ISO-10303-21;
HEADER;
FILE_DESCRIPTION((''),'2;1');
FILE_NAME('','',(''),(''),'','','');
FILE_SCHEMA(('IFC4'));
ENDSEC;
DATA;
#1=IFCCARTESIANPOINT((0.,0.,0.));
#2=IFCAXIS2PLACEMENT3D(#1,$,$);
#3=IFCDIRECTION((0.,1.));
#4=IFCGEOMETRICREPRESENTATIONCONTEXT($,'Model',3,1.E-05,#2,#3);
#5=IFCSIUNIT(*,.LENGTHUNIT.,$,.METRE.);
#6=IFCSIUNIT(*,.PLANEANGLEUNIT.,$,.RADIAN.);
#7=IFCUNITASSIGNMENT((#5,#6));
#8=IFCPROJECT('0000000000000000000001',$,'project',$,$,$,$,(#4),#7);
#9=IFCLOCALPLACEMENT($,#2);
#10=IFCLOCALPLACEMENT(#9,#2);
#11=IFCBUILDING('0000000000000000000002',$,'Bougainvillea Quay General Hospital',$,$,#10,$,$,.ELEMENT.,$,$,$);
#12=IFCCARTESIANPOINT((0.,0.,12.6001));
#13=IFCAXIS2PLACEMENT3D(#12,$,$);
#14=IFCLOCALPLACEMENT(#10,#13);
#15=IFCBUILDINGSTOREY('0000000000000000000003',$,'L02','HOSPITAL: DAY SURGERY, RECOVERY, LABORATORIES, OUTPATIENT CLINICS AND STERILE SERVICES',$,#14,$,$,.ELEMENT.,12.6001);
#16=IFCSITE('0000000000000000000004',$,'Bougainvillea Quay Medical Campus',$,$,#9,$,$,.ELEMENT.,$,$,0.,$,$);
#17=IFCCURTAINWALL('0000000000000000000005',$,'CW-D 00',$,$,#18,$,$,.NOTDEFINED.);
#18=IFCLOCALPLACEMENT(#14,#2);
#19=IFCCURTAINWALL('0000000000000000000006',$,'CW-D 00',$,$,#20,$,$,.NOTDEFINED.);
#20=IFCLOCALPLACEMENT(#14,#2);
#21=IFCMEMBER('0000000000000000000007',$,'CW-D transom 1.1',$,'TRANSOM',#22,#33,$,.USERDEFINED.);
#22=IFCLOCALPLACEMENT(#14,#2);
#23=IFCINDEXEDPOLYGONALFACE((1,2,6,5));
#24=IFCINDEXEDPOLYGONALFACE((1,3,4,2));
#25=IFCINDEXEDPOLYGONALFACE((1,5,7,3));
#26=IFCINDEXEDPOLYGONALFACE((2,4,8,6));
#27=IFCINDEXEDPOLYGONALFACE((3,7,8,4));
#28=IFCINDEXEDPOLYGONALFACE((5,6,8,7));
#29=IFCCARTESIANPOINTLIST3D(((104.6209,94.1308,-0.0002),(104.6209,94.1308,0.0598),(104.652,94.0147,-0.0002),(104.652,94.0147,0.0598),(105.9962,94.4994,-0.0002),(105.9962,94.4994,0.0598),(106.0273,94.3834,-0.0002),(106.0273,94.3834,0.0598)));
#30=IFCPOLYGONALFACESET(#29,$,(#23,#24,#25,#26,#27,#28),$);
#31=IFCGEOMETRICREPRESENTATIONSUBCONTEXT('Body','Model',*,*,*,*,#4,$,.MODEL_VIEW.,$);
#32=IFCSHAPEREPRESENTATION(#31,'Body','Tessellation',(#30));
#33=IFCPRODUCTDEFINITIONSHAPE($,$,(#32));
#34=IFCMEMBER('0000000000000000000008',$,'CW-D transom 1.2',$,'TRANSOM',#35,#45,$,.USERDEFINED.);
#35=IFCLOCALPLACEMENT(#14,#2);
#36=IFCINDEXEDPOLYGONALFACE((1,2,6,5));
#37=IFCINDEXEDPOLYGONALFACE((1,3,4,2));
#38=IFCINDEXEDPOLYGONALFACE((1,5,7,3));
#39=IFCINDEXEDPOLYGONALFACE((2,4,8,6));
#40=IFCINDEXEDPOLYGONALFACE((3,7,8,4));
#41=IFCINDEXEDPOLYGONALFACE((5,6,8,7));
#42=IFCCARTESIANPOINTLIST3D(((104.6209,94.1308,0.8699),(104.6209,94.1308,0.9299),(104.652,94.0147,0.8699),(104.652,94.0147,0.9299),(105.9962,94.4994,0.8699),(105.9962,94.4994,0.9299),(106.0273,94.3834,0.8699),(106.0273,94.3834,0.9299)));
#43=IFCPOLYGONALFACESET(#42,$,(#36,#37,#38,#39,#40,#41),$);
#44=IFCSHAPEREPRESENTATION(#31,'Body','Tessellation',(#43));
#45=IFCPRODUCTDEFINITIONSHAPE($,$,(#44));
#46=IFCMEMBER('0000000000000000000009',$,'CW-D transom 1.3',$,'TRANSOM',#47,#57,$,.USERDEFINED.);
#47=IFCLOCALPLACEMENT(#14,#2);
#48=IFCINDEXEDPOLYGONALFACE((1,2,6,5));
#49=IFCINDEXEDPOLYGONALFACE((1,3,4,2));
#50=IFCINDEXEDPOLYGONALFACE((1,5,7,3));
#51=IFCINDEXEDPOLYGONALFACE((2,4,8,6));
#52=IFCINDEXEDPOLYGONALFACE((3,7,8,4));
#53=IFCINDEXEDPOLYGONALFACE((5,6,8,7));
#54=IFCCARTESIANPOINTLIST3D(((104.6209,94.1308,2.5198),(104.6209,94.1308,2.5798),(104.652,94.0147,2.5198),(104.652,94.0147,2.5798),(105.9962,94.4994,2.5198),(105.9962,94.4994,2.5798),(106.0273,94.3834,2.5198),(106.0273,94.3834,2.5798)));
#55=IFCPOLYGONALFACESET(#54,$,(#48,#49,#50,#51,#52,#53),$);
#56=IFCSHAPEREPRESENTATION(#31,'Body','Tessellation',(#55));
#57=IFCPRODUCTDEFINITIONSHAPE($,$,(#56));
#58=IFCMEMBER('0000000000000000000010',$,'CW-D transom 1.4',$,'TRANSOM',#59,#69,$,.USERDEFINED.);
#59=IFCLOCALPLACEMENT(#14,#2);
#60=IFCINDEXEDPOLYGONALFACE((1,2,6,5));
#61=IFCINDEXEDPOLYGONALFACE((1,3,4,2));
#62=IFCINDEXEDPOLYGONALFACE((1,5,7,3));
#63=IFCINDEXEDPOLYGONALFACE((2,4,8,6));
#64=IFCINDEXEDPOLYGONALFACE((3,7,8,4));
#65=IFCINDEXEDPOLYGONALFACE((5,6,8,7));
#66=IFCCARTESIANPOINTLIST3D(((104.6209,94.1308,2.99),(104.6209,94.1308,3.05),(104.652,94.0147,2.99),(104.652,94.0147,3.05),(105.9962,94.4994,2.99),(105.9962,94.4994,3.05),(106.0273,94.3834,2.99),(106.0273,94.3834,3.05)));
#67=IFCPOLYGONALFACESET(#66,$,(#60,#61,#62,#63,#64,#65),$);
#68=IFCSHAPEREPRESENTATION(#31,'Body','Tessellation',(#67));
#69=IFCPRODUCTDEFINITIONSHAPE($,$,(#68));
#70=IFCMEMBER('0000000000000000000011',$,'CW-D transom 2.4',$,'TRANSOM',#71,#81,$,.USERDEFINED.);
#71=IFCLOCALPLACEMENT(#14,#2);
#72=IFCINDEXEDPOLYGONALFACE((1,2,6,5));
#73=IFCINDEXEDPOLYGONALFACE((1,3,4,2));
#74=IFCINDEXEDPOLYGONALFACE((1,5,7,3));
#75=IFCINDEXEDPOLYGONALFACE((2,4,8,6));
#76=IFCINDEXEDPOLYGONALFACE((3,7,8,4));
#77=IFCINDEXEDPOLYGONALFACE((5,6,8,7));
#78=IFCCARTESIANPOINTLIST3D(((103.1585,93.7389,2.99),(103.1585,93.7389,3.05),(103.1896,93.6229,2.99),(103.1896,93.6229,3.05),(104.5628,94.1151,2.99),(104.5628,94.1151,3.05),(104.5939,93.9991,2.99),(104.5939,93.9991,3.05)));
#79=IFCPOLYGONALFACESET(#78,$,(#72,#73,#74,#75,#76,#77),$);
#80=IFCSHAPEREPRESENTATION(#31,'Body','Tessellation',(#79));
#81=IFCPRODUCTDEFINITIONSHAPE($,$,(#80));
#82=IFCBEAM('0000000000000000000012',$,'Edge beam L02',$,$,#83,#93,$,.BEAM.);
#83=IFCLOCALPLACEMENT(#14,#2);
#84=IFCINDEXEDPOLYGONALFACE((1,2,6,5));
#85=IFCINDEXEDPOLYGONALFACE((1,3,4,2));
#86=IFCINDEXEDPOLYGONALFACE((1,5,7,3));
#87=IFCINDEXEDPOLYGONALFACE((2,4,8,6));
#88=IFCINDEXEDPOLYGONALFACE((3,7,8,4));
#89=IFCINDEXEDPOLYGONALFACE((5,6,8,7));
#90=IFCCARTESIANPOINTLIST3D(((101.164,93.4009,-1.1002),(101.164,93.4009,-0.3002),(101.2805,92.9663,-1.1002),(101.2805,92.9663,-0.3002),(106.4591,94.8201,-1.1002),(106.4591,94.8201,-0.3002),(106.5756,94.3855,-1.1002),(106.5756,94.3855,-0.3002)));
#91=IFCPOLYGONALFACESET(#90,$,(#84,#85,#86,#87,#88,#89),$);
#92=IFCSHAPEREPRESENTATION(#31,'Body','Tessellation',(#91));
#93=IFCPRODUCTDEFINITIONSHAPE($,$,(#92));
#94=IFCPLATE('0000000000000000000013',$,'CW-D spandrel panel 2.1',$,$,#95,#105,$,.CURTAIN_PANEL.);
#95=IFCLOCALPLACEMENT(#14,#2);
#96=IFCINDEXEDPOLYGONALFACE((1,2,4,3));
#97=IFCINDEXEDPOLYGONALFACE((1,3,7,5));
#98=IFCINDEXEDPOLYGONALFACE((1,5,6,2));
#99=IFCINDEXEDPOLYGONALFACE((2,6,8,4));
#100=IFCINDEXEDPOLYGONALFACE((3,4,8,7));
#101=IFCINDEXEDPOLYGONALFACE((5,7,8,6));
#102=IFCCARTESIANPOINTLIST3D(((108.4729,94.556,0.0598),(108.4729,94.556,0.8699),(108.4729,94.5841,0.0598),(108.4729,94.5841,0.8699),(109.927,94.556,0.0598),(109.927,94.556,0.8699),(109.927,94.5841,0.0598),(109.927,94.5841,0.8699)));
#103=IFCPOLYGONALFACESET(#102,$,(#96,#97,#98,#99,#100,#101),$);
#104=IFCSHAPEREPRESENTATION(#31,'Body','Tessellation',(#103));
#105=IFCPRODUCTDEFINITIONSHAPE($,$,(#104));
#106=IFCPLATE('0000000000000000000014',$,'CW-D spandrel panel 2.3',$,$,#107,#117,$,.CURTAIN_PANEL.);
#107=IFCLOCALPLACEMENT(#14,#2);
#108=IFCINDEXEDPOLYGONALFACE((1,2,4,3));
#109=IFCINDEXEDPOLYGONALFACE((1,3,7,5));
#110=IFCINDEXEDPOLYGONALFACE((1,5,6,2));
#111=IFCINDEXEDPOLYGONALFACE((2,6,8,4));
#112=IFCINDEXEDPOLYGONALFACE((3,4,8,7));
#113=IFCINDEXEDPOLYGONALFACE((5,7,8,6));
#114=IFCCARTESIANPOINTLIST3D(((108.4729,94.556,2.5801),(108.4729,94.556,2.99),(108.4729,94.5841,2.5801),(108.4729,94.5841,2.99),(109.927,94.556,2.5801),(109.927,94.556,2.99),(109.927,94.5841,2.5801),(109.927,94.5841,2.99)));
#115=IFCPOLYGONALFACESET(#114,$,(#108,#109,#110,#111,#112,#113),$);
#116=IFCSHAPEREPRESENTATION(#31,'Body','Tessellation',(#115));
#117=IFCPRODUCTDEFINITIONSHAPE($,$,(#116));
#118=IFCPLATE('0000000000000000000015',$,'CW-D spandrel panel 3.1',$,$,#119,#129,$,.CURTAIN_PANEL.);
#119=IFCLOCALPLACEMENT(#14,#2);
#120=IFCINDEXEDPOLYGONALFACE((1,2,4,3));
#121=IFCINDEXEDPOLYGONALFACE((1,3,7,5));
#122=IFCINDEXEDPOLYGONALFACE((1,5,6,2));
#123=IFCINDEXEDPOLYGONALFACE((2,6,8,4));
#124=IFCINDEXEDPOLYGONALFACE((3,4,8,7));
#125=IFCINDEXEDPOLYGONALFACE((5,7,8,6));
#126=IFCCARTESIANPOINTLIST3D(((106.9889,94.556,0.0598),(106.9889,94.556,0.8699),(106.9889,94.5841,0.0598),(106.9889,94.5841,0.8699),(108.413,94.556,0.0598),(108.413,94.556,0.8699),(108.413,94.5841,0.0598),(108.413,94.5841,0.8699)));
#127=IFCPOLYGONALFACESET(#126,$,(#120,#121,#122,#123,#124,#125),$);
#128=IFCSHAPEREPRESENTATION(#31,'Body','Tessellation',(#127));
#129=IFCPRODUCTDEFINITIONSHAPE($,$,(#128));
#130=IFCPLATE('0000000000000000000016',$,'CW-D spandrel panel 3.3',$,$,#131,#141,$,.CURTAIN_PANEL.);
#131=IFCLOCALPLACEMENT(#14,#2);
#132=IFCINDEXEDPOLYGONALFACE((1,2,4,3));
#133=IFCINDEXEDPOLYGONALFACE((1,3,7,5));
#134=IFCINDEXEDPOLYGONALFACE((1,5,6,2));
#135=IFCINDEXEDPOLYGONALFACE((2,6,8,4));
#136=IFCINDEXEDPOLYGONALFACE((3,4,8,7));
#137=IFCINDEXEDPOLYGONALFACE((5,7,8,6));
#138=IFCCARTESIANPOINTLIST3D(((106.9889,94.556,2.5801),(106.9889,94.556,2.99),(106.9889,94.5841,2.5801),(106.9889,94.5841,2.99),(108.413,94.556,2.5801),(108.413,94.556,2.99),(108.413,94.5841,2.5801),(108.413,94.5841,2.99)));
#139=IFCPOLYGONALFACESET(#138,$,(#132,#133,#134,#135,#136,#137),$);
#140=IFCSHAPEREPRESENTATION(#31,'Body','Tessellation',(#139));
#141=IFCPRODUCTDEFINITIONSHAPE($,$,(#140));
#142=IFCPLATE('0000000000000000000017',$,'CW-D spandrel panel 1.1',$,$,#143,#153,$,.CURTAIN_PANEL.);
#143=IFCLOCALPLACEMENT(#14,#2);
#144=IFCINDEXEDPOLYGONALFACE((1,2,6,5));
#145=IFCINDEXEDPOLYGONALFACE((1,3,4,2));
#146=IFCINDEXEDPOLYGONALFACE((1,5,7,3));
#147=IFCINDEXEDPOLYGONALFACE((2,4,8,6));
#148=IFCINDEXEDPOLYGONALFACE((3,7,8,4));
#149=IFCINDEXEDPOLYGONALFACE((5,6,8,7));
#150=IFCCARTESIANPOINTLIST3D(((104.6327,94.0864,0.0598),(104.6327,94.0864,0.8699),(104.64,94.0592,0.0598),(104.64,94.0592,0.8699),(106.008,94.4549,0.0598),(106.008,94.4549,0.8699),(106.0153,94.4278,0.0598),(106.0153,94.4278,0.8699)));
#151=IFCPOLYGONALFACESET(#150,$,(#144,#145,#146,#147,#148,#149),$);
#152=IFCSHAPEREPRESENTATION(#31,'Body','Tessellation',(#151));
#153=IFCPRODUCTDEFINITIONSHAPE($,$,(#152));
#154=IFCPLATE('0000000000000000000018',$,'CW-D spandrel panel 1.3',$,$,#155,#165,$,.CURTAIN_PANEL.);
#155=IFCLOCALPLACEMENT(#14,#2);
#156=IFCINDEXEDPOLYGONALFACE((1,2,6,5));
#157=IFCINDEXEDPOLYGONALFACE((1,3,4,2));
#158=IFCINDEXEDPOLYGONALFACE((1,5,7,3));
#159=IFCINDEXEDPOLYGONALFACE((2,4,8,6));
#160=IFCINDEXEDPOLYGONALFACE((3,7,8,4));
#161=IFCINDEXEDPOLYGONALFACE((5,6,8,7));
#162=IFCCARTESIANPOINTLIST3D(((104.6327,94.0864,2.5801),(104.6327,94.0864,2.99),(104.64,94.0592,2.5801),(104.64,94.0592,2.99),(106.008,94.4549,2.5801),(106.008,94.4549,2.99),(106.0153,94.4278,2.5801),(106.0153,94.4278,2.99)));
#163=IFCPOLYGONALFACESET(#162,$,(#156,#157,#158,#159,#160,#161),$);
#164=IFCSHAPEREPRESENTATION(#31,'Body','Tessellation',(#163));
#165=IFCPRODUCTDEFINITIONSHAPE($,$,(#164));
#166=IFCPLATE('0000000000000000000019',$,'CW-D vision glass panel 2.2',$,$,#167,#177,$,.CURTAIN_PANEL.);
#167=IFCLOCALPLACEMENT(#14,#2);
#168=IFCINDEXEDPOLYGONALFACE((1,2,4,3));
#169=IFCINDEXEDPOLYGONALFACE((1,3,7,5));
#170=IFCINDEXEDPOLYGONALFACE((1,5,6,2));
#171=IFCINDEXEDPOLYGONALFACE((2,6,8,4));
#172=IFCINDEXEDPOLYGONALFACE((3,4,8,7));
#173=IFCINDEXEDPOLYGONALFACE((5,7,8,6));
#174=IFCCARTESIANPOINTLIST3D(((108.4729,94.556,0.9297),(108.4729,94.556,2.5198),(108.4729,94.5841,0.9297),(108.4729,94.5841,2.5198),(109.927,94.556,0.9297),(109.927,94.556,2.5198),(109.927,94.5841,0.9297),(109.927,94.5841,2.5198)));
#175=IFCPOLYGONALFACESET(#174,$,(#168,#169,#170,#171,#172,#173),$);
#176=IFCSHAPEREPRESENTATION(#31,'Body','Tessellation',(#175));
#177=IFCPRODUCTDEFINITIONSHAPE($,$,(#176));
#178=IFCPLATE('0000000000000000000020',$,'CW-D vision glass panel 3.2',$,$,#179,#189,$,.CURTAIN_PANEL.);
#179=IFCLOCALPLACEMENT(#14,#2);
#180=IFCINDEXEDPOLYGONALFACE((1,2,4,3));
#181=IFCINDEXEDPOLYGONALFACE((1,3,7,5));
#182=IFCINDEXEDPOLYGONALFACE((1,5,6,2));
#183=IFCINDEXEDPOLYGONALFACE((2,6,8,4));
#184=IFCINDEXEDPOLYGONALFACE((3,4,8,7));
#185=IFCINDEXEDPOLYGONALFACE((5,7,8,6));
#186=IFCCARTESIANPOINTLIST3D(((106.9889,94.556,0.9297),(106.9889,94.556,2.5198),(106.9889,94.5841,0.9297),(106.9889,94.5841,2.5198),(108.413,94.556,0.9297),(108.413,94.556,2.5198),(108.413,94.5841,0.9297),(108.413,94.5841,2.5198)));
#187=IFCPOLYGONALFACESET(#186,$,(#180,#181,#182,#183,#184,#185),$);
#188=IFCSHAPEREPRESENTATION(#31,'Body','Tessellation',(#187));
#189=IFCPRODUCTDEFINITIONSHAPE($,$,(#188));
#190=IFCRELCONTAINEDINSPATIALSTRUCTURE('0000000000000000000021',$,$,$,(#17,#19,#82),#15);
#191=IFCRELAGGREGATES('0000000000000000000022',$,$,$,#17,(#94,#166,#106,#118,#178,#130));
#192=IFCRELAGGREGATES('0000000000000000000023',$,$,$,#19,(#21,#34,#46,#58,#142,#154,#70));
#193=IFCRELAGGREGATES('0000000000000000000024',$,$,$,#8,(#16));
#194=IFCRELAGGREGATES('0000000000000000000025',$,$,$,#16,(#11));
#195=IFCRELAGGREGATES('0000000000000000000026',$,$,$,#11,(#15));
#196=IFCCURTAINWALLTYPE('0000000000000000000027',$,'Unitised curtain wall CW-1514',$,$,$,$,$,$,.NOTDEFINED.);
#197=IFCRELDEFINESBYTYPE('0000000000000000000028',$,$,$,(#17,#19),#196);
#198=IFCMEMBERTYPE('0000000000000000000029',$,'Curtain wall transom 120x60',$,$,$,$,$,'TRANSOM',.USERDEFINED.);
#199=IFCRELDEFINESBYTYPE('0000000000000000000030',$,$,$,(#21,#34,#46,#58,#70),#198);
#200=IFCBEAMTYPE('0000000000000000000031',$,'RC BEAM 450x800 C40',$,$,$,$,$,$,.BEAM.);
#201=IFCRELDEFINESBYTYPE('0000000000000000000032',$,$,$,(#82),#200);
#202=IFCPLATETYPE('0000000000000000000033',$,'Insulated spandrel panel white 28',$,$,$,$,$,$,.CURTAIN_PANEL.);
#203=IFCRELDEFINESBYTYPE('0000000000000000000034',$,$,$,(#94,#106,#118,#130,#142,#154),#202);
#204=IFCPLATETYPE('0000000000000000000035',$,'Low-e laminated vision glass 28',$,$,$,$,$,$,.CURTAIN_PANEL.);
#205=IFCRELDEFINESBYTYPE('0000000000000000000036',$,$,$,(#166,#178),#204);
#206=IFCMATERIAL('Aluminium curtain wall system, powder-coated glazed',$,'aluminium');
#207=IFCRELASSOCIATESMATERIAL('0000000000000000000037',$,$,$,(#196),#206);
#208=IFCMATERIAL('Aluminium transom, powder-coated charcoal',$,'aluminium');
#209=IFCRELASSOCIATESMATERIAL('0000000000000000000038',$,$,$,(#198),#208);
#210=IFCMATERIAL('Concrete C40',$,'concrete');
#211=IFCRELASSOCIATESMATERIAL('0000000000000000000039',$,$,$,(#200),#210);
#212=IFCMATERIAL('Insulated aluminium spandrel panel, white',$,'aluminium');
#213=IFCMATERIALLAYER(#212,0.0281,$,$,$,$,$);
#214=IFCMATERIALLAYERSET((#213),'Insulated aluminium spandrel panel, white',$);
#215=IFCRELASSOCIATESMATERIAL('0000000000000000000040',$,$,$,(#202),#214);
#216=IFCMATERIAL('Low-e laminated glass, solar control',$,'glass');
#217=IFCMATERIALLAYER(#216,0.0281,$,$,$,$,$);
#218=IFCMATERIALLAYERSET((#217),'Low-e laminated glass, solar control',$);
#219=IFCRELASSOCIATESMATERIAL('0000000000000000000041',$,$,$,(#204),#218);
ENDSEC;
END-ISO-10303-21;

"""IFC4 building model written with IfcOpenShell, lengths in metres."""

from ifc_helpers import new_model, si_unit, direction, frame, origin, origin_2d, place, context, subcontext, project, spatial, rectangle, extrude, material, layer, layer_set, material_profile, profile_set, type_object, element, aggregate, save


model = new_model("IFC4")

# Units and contexts
model_context = context("Model", 3, precision=1e-05, world=origin(), true_north=direction((0.0, 1.0)))
body_context = subcontext(model_context, "Body", "Model", "MODEL_VIEW")
ifc_project = project(units=[si_unit("LENGTHUNIT", "METRE"), si_unit("PLANEANGLEUNIT", "RADIAN")], contexts=[model_context])

# Site, building, storey
site_placement = place(None, origin())
site = spatial("IfcSite", under=ifc_project, at=site_placement, Name="Bougainvillea Quay Medical Campus", CompositionType="ELEMENT", RefElevation=0.0)
building_placement = place(site_placement, origin())
building = spatial("IfcBuilding", under=site, at=building_placement, Name="Bougainvillea Quay General Hospital", CompositionType="ELEMENT")
storey_placement = place(building_placement, frame((0.0, 0.0, 12.6001)))
storey = spatial("IfcBuildingStorey", under=building, at=storey_placement, Name="L02", Description="HOSPITAL: DAY SURGERY, RECOVERY, LABORATORIES, OUTPATIENT CLINICS AND STERILE SERVICES", CompositionType="ELEMENT", Elevation=12.6001)

# Shared definitions
ifc_material_1 = material(Name="Concrete C40", Category="concrete")

# Curtain walls
ifc_material_2 = material(Name="Aluminium curtain wall system, powder-coated glazed", Category="aluminium")
curtain_wall_type = type_object("IfcCurtainWallType", Name="Unitised curtain wall CW-1514", PredefinedType="NOTDEFINED", material=ifc_material_2)
curtain_wall_1_placement = place(storey_placement, origin())
curtain_wall_1 = element("IfcCurtainWall", 1, at=curtain_wall_1_placement, inside=storey, type_object=curtain_wall_type, Name="CW-D 00", PredefinedType="NOTDEFINED")
curtain_wall_2_placement = place(storey_placement, origin())
curtain_wall_2 = element("IfcCurtainWall", 2, at=curtain_wall_2_placement, inside=storey, type_object=curtain_wall_type, Name="CW-D 00", PredefinedType="NOTDEFINED")

# Members
ifc_material_3 = material(Name="Aluminium transom, powder-coated charcoal", Category="aluminium")
ifc_material_profile_1 = material_profile(ifc_material_3, rectangle(XDim=0.1201, YDim=0.0601, at=origin_2d()))
ifc_profile_set_1 = profile_set([ifc_material_profile_1], Name="Aluminium transom, powder-coated charcoal")
member_type_1 = type_object("IfcMemberType", Name="Curtain wall transom 120x60", ElementType="TRANSOM", PredefinedType="USERDEFINED", material=ifc_profile_set_1)
member_1_placement = place(storey_placement, frame((106.0117, 94.4414, 0.0298), z_axis=(-0.965898, -0.258922, 0.0), x_axis=(0.258922, -0.965898, 0.0)))
member_1 = element("IfcMember", 3, at=member_1_placement, type_object=member_type_1, Name="CW-D transom 1.1", ObjectType="TRANSOM", PredefinedType="USERDEFINED", context=body_context, shape_type="SweptSolid", body=[
    extrude(rectangle(XDim=0.1201, YDim=0.0601, at=origin_2d()), origin(), (0.0, 0.0, 1.0), 1.4238),
])
member_2_placement = place(storey_placement, frame((106.0117, 94.4414, 0.8999), z_axis=(-0.965898, -0.258922, 0.0), x_axis=(0.258922, -0.965898, 0.0)))
member_2 = element("IfcMember", 4, at=member_2_placement, type_object=member_type_1, Name="CW-D transom 1.2", ObjectType="TRANSOM", PredefinedType="USERDEFINED", context=body_context, shape_type="SweptSolid", body=[
    extrude(rectangle(XDim=0.1201, YDim=0.0601, at=origin_2d()), origin(), (0.0, 0.0, 1.0), 1.4238),
])
member_3_placement = place(storey_placement, frame((106.0117, 94.4414, 2.5498), z_axis=(-0.965898, -0.258922, 0.0), x_axis=(0.258922, -0.965898, 0.0)))
member_3 = element("IfcMember", 5, at=member_3_placement, type_object=member_type_1, Name="CW-D transom 1.3", ObjectType="TRANSOM", PredefinedType="USERDEFINED", context=body_context, shape_type="SweptSolid", body=[
    extrude(rectangle(XDim=0.1201, YDim=0.0601, at=origin_2d()), origin(), (0.0, 0.0, 1.0), 1.4238),
])
member_4_placement = place(storey_placement, frame((106.0117, 94.4414, 3.02), z_axis=(-0.965898, -0.258922, 0.0), x_axis=(0.258922, -0.965898, 0.0)))
member_4 = element("IfcMember", 6, at=member_4_placement, type_object=member_type_1, Name="CW-D transom 1.4", ObjectType="TRANSOM", PredefinedType="USERDEFINED", context=body_context, shape_type="SweptSolid", body=[
    extrude(rectangle(XDim=0.1201, YDim=0.0601, at=origin_2d()), origin(), (0.0, 0.0, 1.0), 1.4238),
])
member_5_placement = place(storey_placement, frame((104.5784, 94.0571, 3.02), z_axis=(-0.965936, -0.258781, 0.0), x_axis=(0.258781, -0.965936, 0.0)))
member_5 = element("IfcMember", 7, at=member_5_placement, type_object=member_type_1, Name="CW-D transom 2.4", ObjectType="TRANSOM", PredefinedType="USERDEFINED", context=body_context, shape_type="SweptSolid", body=[
    extrude(rectangle(XDim=0.1201, YDim=0.0601, at=origin_2d()), origin(), (0.0, 0.0, 1.0), 1.4539),
])

# Beam
ifc_material_profile_2 = material_profile(ifc_material_1, rectangle(XDim=0.45, YDim=0.8, at=origin_2d()))
ifc_profile_set_2 = profile_set([ifc_material_profile_2], Name="Concrete C40")
beam_type = type_object("IfcBeamType", Name="RC BEAM 450x800 C40", PredefinedType="BEAM", material=ifc_profile_set_2)
beam_placement = place(storey_placement, frame((106.5173, 94.6028, -0.7002), z_axis=(-0.96591, -0.258879, 0.0), x_axis=(0.258879, -0.96591, 0.0)))
element("IfcBeam", 8, at=beam_placement, inside=storey, type_object=beam_type, Name="Edge beam L02", PredefinedType="BEAM", context=body_context, shape_type="SweptSolid", body=[
    extrude(rectangle(XDim=0.45, YDim=0.8, at=origin_2d()), origin(), (0.0, 0.0, 1.0), 5.4819),
])

# Plates
ifc_material_4 = material(Name="Insulated aluminium spandrel panel, white", Category="aluminium")
ifc_layer_1 = layer(ifc_material_4, 0.0281)
ifc_layer_set_1 = layer_set([ifc_layer_1], Name="Insulated aluminium spandrel panel, white")
plate_type_1 = type_object("IfcPlateType", Name="Insulated spandrel panel white 28", PredefinedType="CURTAIN_PANEL", material=ifc_layer_set_1)
plate_1_placement = place(storey_placement, frame((109.2, 94.5701, 0.0598), z_axis=(0.0, 0.0, 1.0), x_axis=(-1.0, 0.0, 0.0)))
plate_1 = element("IfcPlate", 9, at=plate_1_placement, type_object=plate_type_1, Name="CW-D spandrel panel 2.1", PredefinedType="CURTAIN_PANEL", context=body_context, shape_type="SweptSolid", body=[
    extrude(rectangle(XDim=1.4541, YDim=0.0281, at=origin_2d()), origin(), (0.0, 0.0, 1.0), 0.8101),
])
plate_2_placement = place(storey_placement, frame((109.2, 94.5701, 2.5801), z_axis=(0.0, 0.0, 1.0), x_axis=(-1.0, 0.0, 0.0)))
plate_2 = element("IfcPlate", 10, at=plate_2_placement, type_object=plate_type_1, Name="CW-D spandrel panel 2.3", PredefinedType="CURTAIN_PANEL", context=body_context, shape_type="SweptSolid", body=[
    extrude(rectangle(XDim=1.4541, YDim=0.0281, at=origin_2d()), origin(), (0.0, 0.0, 1.0), 0.4099),
])
plate_3_placement = place(storey_placement, frame((107.7009, 94.5701, 0.0598), z_axis=(0.0, 0.0, 1.0), x_axis=(-1.0, 0.0, 0.0)))
plate_3 = element("IfcPlate", 11, at=plate_3_placement, type_object=plate_type_1, Name="CW-D spandrel panel 3.1", PredefinedType="CURTAIN_PANEL", context=body_context, shape_type="SweptSolid", body=[
    extrude(rectangle(XDim=1.4241, YDim=0.0281, at=origin_2d()), origin(), (0.0, 0.0, 1.0), 0.8101),
])
plate_4_placement = place(storey_placement, frame((107.7009, 94.5701, 2.5801), z_axis=(0.0, 0.0, 1.0), x_axis=(-1.0, 0.0, 0.0)))
plate_4 = element("IfcPlate", 12, at=plate_4_placement, type_object=plate_type_1, Name="CW-D spandrel panel 3.3", PredefinedType="CURTAIN_PANEL", context=body_context, shape_type="SweptSolid", body=[
    extrude(rectangle(XDim=1.4241, YDim=0.0281, at=origin_2d()), origin(), (0.0, 0.0, 1.0), 0.4099),
])
plate_5_placement = place(storey_placement, frame((105.324, 94.2571, 0.0598), z_axis=(0.0, 0.0, 1.0), x_axis=(-0.965916, -0.258855, 0.0)))
plate_5 = element("IfcPlate", 13, at=plate_5_placement, type_object=plate_type_1, Name="CW-D spandrel panel 1.1", PredefinedType="CURTAIN_PANEL", context=body_context, shape_type="SweptSolid", body=[
    extrude(rectangle(XDim=1.4238, YDim=0.0281, at=origin_2d()), origin(), (0.0, 0.0, 1.0), 0.8101),
])
plate_6_placement = place(storey_placement, frame((105.324, 94.2571, 2.5801), z_axis=(0.0, 0.0, 1.0), x_axis=(-0.965916, -0.258855, 0.0)))
plate_6 = element("IfcPlate", 14, at=plate_6_placement, type_object=plate_type_1, Name="CW-D spandrel panel 1.3", PredefinedType="CURTAIN_PANEL", context=body_context, shape_type="SweptSolid", body=[
    extrude(rectangle(XDim=1.4238, YDim=0.0281, at=origin_2d()), origin(), (0.0, 0.0, 1.0), 0.4099),
])
ifc_material_5 = material(Name="Low-e laminated glass, solar control", Category="glass")
ifc_layer_2 = layer(ifc_material_5, 0.0281)
ifc_layer_set_2 = layer_set([ifc_layer_2], Name="Low-e laminated glass, solar control")
plate_type_2 = type_object("IfcPlateType", Name="Low-e laminated vision glass 28", PredefinedType="CURTAIN_PANEL", material=ifc_layer_set_2)
plate_7_placement = place(storey_placement, frame((109.2, 94.5701, 0.9297), z_axis=(0.0, 0.0, 1.0), x_axis=(-1.0, 0.0, 0.0)))
plate_7 = element("IfcPlate", 15, at=plate_7_placement, type_object=plate_type_2, Name="CW-D vision glass panel 2.2", PredefinedType="CURTAIN_PANEL", context=body_context, shape_type="SweptSolid", body=[
    extrude(rectangle(XDim=1.4541, YDim=0.0281, at=origin_2d()), origin(), (0.0, 0.0, 1.0), 1.5901),
])
plate_8_placement = place(storey_placement, frame((107.7009, 94.5701, 0.9297), z_axis=(0.0, 0.0, 1.0), x_axis=(-1.0, 0.0, 0.0)))
plate_8 = element("IfcPlate", 16, at=plate_8_placement, type_object=plate_type_2, Name="CW-D vision glass panel 3.2", PredefinedType="CURTAIN_PANEL", context=body_context, shape_type="SweptSolid", body=[
    extrude(rectangle(XDim=1.4241, YDim=0.0281, at=origin_2d()), origin(), (0.0, 0.0, 1.0), 1.5901),
])
aggregate(curtain_wall_1, [plate_1, plate_7, plate_2, plate_3, plate_8, plate_4])
aggregate(curtain_wall_2, [member_1, member_2, member_3, member_4, plate_5, plate_6, member_5])

save(model, "model.ifc")
